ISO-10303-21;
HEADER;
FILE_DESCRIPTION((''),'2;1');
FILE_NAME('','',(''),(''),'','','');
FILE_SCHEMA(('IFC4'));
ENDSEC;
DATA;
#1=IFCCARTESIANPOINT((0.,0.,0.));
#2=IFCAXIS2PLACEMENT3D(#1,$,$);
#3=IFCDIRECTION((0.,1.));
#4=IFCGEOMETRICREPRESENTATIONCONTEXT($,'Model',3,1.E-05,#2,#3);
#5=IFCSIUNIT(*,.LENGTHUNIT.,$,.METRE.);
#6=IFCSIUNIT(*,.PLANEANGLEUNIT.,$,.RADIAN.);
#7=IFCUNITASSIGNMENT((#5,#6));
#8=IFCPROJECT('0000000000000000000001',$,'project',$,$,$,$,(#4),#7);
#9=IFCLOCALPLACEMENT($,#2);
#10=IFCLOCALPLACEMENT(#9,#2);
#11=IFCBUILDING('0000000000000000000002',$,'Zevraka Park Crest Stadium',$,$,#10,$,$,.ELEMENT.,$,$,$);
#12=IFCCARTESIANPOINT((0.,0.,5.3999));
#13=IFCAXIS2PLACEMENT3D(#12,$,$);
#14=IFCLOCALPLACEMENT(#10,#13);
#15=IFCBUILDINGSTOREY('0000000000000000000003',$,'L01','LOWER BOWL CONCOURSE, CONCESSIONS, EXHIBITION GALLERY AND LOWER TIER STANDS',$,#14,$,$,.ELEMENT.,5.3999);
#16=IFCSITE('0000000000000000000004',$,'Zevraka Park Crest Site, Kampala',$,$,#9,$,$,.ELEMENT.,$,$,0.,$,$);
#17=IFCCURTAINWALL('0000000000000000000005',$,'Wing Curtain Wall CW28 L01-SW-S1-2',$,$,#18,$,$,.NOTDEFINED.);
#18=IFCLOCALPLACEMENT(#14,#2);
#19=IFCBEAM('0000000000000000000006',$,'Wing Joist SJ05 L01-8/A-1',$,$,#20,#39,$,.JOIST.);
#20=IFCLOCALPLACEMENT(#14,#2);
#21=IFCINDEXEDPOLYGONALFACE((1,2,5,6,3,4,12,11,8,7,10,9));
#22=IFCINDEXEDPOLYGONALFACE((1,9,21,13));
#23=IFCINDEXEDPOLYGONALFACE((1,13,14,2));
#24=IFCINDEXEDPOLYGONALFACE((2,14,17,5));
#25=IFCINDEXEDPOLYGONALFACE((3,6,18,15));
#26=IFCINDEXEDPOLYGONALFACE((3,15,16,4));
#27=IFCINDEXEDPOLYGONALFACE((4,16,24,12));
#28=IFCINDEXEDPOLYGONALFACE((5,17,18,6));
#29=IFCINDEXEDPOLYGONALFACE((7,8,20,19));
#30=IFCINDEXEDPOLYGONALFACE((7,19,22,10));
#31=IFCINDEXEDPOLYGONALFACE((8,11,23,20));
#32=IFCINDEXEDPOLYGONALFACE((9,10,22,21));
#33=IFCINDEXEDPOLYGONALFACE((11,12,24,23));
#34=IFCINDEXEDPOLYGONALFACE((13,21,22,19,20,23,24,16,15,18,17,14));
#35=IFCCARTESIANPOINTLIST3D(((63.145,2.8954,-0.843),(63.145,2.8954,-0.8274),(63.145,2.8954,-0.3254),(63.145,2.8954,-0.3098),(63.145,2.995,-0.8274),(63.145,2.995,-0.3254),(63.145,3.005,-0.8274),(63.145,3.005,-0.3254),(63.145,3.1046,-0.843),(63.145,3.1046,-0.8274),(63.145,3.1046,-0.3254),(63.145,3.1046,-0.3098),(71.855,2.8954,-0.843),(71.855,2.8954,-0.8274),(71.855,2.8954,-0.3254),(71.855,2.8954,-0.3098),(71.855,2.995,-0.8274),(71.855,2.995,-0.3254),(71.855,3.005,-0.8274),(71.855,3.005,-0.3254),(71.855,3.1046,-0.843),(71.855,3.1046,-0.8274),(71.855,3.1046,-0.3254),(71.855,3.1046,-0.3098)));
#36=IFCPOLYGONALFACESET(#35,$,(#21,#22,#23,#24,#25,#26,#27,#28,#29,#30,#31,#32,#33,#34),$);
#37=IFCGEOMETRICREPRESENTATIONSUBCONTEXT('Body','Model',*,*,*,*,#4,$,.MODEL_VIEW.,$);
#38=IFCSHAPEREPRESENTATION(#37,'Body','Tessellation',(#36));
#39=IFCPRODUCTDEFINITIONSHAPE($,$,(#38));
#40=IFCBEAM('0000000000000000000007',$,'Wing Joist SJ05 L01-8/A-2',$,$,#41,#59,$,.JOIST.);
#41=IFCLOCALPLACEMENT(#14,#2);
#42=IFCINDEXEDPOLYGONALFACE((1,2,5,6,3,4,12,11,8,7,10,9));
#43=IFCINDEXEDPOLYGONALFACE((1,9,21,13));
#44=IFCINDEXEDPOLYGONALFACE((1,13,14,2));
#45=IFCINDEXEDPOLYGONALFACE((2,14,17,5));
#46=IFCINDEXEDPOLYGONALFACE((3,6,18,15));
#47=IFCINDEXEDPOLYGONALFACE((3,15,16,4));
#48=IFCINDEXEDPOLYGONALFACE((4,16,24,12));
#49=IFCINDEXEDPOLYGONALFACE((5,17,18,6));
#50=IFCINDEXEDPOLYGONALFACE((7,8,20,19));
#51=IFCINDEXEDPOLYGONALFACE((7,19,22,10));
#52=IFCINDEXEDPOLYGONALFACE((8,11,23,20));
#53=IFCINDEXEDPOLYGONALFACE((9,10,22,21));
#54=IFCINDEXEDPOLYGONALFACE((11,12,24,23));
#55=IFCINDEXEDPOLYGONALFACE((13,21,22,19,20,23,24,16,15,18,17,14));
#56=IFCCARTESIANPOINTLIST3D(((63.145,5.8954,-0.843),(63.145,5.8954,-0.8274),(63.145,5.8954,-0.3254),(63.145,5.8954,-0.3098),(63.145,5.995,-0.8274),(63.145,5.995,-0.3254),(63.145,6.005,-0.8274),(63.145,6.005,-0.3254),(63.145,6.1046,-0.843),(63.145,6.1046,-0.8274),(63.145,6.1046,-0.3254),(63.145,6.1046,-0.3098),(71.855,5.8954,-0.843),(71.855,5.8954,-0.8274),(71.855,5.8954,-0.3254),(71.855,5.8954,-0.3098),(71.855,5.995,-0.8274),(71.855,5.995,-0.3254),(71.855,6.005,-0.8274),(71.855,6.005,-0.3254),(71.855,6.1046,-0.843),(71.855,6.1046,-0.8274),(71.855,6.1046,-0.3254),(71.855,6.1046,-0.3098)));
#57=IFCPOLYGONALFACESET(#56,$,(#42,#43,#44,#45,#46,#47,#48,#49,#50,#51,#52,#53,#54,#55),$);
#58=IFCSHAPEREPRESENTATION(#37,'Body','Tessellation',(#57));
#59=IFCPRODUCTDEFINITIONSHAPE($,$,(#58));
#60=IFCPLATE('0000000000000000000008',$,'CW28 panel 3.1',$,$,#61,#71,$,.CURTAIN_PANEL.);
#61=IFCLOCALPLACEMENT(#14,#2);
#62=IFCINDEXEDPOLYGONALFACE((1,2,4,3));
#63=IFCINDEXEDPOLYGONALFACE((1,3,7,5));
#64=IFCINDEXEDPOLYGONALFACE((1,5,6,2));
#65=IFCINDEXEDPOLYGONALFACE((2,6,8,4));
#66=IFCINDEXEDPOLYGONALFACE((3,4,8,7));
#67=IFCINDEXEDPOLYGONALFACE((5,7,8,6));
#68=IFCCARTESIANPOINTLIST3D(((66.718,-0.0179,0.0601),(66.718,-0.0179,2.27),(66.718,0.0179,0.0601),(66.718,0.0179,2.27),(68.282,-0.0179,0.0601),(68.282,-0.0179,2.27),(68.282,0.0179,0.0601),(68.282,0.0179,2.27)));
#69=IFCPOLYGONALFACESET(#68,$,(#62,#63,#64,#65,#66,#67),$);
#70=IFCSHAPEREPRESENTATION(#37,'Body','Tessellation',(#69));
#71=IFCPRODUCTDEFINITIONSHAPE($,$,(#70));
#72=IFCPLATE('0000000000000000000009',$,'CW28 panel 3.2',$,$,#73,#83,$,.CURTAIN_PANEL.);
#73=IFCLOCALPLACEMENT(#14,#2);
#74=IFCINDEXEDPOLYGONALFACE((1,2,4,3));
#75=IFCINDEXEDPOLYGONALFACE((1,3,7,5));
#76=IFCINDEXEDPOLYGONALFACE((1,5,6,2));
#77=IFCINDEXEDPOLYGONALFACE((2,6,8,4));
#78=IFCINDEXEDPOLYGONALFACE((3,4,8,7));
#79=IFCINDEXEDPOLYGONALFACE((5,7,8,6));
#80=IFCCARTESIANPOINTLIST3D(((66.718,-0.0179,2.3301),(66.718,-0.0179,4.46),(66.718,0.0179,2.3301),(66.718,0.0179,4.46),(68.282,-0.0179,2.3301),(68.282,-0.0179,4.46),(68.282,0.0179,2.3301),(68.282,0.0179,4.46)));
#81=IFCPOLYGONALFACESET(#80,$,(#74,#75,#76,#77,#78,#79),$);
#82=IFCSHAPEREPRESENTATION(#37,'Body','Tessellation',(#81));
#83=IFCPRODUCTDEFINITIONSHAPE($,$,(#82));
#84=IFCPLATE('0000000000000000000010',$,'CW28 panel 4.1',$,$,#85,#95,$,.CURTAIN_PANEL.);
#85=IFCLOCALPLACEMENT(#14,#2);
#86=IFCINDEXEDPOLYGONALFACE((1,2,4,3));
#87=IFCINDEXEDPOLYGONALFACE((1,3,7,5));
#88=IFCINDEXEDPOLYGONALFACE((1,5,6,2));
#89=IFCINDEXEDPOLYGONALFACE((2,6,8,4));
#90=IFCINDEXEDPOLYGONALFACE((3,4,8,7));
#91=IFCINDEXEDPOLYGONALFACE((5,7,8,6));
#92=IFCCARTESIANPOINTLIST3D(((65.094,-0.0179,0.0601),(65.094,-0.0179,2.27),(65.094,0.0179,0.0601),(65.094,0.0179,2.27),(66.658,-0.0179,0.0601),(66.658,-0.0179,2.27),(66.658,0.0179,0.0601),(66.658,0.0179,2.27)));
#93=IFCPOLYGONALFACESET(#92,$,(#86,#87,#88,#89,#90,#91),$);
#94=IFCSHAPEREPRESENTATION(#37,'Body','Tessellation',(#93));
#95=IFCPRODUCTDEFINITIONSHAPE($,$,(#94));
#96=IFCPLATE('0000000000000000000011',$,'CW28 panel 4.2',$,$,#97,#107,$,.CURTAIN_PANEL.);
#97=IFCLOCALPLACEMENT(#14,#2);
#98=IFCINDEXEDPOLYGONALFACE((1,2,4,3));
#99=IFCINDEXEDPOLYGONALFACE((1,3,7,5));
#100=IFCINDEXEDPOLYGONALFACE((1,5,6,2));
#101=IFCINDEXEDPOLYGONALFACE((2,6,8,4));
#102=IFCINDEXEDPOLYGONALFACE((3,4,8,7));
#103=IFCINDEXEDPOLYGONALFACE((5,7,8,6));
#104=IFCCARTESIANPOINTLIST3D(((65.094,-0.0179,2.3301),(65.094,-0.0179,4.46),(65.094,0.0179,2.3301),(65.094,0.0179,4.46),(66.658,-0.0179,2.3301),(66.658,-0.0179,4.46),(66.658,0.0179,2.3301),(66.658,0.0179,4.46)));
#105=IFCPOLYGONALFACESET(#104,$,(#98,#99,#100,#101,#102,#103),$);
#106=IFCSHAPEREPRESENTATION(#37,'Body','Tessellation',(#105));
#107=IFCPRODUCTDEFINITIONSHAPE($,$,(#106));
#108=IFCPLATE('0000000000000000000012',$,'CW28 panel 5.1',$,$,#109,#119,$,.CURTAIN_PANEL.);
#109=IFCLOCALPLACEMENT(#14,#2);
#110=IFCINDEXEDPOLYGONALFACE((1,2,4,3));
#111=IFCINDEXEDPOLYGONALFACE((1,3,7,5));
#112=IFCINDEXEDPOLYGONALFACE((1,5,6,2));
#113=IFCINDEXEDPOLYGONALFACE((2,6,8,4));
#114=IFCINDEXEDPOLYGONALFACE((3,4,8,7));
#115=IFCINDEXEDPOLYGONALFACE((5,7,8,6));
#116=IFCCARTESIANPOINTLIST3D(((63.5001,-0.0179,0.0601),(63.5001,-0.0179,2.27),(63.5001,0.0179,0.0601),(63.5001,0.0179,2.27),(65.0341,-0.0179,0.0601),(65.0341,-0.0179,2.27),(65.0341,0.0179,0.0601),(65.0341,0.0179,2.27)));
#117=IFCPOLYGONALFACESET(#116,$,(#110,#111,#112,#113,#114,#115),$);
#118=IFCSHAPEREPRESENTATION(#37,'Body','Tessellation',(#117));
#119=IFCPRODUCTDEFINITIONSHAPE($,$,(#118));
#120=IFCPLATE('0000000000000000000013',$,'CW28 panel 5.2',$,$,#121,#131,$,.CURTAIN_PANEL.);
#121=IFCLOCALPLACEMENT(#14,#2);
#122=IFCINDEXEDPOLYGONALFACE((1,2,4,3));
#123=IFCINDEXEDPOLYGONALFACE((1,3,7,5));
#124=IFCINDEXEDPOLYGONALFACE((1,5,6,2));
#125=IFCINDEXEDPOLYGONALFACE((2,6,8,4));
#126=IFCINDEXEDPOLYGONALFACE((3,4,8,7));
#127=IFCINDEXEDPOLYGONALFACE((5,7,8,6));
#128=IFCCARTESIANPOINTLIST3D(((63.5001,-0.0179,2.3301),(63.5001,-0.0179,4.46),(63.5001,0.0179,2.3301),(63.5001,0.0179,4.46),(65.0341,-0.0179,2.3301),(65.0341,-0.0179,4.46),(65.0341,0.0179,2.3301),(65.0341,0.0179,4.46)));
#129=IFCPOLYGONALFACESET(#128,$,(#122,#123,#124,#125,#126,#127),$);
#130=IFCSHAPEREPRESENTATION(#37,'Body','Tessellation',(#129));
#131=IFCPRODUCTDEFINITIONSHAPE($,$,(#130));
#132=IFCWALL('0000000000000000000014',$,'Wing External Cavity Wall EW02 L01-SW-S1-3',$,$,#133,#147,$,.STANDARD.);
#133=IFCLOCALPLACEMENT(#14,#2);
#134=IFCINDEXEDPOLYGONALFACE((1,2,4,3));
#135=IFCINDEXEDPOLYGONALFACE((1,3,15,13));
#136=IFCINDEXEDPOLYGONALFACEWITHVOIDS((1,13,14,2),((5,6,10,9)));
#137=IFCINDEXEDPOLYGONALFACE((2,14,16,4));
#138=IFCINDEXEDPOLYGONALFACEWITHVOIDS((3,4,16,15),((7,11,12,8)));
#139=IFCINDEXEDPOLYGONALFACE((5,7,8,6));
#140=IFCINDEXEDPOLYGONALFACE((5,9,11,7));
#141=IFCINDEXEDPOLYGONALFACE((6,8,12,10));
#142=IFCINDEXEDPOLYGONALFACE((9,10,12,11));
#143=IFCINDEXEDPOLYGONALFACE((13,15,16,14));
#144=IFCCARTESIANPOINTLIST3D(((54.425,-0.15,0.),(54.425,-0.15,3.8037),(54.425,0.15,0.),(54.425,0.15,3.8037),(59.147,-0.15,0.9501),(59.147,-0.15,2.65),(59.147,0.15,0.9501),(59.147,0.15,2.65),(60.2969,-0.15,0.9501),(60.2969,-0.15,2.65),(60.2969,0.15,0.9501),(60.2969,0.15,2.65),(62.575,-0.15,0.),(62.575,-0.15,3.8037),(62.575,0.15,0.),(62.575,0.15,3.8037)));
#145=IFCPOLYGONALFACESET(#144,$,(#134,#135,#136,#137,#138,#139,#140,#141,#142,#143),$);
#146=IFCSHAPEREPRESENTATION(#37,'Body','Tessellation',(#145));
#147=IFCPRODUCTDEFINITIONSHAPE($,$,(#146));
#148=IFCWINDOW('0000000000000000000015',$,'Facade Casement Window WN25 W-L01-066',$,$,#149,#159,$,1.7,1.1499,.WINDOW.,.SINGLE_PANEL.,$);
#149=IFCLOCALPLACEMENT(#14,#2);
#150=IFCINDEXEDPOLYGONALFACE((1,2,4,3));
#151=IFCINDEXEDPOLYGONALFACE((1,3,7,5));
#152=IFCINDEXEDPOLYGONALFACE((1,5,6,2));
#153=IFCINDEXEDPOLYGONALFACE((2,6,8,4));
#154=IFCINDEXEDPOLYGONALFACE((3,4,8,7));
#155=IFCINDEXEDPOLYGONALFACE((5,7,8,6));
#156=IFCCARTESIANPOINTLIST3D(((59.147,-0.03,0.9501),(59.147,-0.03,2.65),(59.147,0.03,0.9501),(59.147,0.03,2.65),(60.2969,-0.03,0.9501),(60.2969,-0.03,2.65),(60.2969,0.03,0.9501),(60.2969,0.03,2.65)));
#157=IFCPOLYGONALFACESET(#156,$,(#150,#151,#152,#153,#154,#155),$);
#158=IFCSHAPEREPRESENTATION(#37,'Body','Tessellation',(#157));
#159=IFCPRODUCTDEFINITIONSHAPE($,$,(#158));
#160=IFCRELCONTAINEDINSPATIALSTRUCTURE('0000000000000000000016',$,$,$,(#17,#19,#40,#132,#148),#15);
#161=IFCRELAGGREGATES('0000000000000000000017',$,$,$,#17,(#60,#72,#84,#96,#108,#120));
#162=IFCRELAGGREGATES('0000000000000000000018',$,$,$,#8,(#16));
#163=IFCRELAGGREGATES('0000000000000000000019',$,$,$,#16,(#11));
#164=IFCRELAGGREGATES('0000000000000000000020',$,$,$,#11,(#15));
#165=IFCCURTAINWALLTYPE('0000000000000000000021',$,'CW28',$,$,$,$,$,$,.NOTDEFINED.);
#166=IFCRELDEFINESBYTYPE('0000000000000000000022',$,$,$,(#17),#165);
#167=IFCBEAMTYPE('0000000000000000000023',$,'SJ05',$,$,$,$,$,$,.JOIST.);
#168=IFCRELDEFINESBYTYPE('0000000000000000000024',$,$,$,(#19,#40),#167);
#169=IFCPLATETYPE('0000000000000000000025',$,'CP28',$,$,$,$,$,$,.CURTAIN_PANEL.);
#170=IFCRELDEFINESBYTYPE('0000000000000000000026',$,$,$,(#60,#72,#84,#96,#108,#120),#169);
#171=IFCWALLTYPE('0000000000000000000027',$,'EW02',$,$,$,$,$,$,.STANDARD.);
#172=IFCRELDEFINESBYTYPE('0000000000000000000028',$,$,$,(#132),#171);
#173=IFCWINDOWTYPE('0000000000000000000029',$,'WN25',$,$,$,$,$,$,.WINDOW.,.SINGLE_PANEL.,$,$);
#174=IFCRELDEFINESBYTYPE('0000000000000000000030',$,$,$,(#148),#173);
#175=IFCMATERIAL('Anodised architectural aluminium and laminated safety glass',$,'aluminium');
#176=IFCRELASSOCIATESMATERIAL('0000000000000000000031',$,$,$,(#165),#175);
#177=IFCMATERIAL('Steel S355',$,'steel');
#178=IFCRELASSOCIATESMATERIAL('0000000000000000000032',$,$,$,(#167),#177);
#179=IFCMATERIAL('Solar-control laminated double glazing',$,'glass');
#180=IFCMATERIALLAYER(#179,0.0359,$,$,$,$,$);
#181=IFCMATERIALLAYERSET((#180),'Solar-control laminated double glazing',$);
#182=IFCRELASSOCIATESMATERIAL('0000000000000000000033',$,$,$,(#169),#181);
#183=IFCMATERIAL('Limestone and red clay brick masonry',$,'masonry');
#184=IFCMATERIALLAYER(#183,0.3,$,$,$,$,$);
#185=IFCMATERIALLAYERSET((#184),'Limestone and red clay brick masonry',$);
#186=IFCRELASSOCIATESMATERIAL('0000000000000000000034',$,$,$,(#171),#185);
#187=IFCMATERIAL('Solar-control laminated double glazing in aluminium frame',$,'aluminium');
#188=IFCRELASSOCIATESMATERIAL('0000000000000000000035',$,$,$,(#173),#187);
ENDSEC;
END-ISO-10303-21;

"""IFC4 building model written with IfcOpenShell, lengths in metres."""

from ifc_helpers import new_model, si_unit, direction, frame, frame_2d, origin, origin_2d, place, context, subcontext, project, spatial, rectangle, i_section, extrude, material, layer, layer_set, material_profile, profile_set, type_object, element, fill, aggregate, save


model = new_model("IFC4")

# Units and contexts
model_context = context("Model", 3, precision=1e-05, world=origin(), true_north=direction((0.0, 1.0)))
body_context = subcontext(model_context, "Body", "Model", "MODEL_VIEW")
ifc_project = project(units=[si_unit("LENGTHUNIT", "METRE"), si_unit("PLANEANGLEUNIT", "RADIAN")], contexts=[model_context])

# Site, building, storey
site_placement = place(None, origin())
site = spatial("IfcSite", under=ifc_project, at=site_placement, Name="Zevraka Park Crest Site, Kampala", CompositionType="ELEMENT", RefElevation=0.0)
building_placement = place(site_placement, origin())
building = spatial("IfcBuilding", under=site, at=building_placement, Name="Zevraka Park Crest Stadium", CompositionType="ELEMENT")
storey_placement = place(building_placement, frame((0.0, 0.0, 5.3999)))
storey = spatial("IfcBuildingStorey", under=building, at=storey_placement, Name="L01", Description="LOWER BOWL CONCOURSE, CONCESSIONS, EXHIBITION GALLERY AND LOWER TIER STANDS", CompositionType="ELEMENT", Elevation=5.3999)

# Curtain wall
ifc_material_1 = material(Name="Anodised architectural aluminium and laminated safety glass", Category="aluminium")
curtain_wall_type = type_object("IfcCurtainWallType", Name="CW28", PredefinedType="NOTDEFINED", material=ifc_material_1)
curtain_wall_placement = place(storey_placement, origin())
curtain_wall = element("IfcCurtainWall", 1, at=curtain_wall_placement, inside=storey, type_object=curtain_wall_type, Name="Wing Curtain Wall CW28 L01-SW-S1-2", PredefinedType="NOTDEFINED")

# Beams
ifc_material_2 = material(Name="Steel S355", Category="steel")
ifc_material_profile_1 = material_profile(ifc_material_2, i_section(OverallWidth=0.2092, OverallDepth=0.5332, WebThickness=0.01, FlangeThickness=0.0156, at=origin_2d()), Name="UKB 533x210x92")
ifc_profile_set_1 = profile_set([ifc_material_profile_1], Name="Steel S355")
beam_type_1 = type_object("IfcBeamType", Name="SJ05", PredefinedType="JOIST", material=ifc_profile_set_1)
for number, where, z_axis, x_axis, name in (
    (2, (63.145, 3.0, -0.5764), (1.0, 0.0, 0.0), (0.0, 1.0, 0.0), "Wing Joist SJ05 L01-8/A-1"),
    (3, (63.145, 6.0, -0.5764), (1.0, 0.0, 0.0), (0.0, 1.0, 0.0), "Wing Joist SJ05 L01-8/A-2"),
):
    element("IfcBeam", number, at=place(storey_placement, frame(where, z_axis=z_axis, x_axis=x_axis)), inside=storey, type_object=beam_type_1, Name=name, PredefinedType="JOIST", context=body_context, shape_type="SweptSolid", body=[
        extrude(i_section(OverallWidth=0.2092, OverallDepth=0.5332, WebThickness=0.01, FlangeThickness=0.0156, at=origin_2d()), origin(), (0.0, 0.0, 1.0), 8.71),
    ])

# Plates
ifc_material_3 = material(Name="Solar-control laminated double glazing", Category="glass")
ifc_layer_1 = layer(ifc_material_3, 0.0359)
ifc_layer_set_1 = layer_set([ifc_layer_1], Name="Solar-control laminated double glazing")
plate_type = type_object("IfcPlateType", Name="CP28", PredefinedType="CURTAIN_PANEL", material=ifc_layer_set_1)
plate_1_placement = place(storey_placement, frame((67.5, 0.0, 0.0601), z_axis=(0.0, 0.0, 1.0), x_axis=(-1.0, 0.0, 0.0)))
plate_1 = element("IfcPlate", 4, at=plate_1_placement, type_object=plate_type, Name="CW28 panel 3.1", PredefinedType="CURTAIN_PANEL", context=body_context, shape_type="SweptSolid", body=[
    extrude(rectangle(XDim=1.564, YDim=0.0359, at=origin_2d()), origin(), (0.0, 0.0, 1.0), 2.21),
])
plate_2_placement = place(storey_placement, frame((67.5, 0.0, 2.3301), z_axis=(0.0, 0.0, 1.0), x_axis=(-1.0, 0.0, 0.0)))
plate_2 = element("IfcPlate", 5, at=plate_2_placement, type_object=plate_type, Name="CW28 panel 3.2", PredefinedType="CURTAIN_PANEL", context=body_context, shape_type="SweptSolid", body=[
    extrude(rectangle(XDim=1.564, YDim=0.0359, at=origin_2d()), origin(), (0.0, 0.0, 1.0), 2.1299),
])
plate_3_placement = place(storey_placement, frame((65.876, 0.0, 0.0601), z_axis=(0.0, 0.0, 1.0), x_axis=(-1.0, 0.0, 0.0)))
plate_3 = element("IfcPlate", 6, at=plate_3_placement, type_object=plate_type, Name="CW28 panel 4.1", PredefinedType="CURTAIN_PANEL", context=body_context, shape_type="SweptSolid", body=[
    extrude(rectangle(XDim=1.564, YDim=0.0359, at=origin_2d()), origin(), (0.0, 0.0, 1.0), 2.21),
])
plate_4_placement = place(storey_placement, frame((65.876, 0.0, 2.3301), z_axis=(0.0, 0.0, 1.0), x_axis=(-1.0, 0.0, 0.0)))
plate_4 = element("IfcPlate", 7, at=plate_4_placement, type_object=plate_type, Name="CW28 panel 4.2", PredefinedType="CURTAIN_PANEL", context=body_context, shape_type="SweptSolid", body=[
    extrude(rectangle(XDim=1.564, YDim=0.0359, at=origin_2d()), origin(), (0.0, 0.0, 1.0), 2.1299),
])
plate_5_placement = place(storey_placement, frame((64.2671, 0.0, 0.0601), z_axis=(0.0, 0.0, 1.0), x_axis=(-1.0, 0.0, 0.0)))
plate_5 = element("IfcPlate", 8, at=plate_5_placement, type_object=plate_type, Name="CW28 panel 5.1", PredefinedType="CURTAIN_PANEL", context=body_context, shape_type="SweptSolid", body=[
    extrude(rectangle(XDim=1.5339, YDim=0.0359, at=origin_2d()), origin(), (0.0, 0.0, 1.0), 2.21),
])
plate_6_placement = place(storey_placement, frame((64.2671, 0.0, 2.3301), z_axis=(0.0, 0.0, 1.0), x_axis=(-1.0, 0.0, 0.0)))
plate_6 = element("IfcPlate", 9, at=plate_6_placement, type_object=plate_type, Name="CW28 panel 5.2", PredefinedType="CURTAIN_PANEL", context=body_context, shape_type="SweptSolid", body=[
    extrude(rectangle(XDim=1.5339, YDim=0.0359, at=origin_2d()), origin(), (0.0, 0.0, 1.0), 2.1299),
])
aggregate(curtain_wall, [plate_1, plate_2, plate_3, plate_4, plate_5, plate_6])

# Wall, opening, window
ifc_material_4 = material(Name="Limestone and red clay brick masonry", Category="masonry")
ifc_layer_2 = layer(ifc_material_4, 0.3)
ifc_layer_set_2 = layer_set([ifc_layer_2], Name="Limestone and red clay brick masonry")
wall_type = type_object("IfcWallType", Name="EW02", PredefinedType="STANDARD", material=ifc_layer_set_2)
wall_placement = place(storey_placement, frame((62.575, 0.0, 0.0), z_axis=(0.0, 0.0, 1.0), x_axis=(-1.0, 0.0, 0.0)))
wall = element("IfcWall", 10, at=wall_placement, inside=storey, type_object=wall_type, Name="Wing External Cavity Wall EW02 L01-SW-S1-3", PredefinedType="STANDARD", context=body_context, shape_type="SweptSolid", body=[
    extrude(rectangle(XDim=8.1499, YDim=0.3, at=frame_2d((4.075, 0.0))), origin(), (0.0, 0.0, 1.0), 3.8037),
])
opening_placement = place(wall_placement, frame((2.2781, 0.0, 0.95)))
opening = element("IfcOpeningElement", 11, at=opening_placement, cuts=wall, PredefinedType="OPENING", context=body_context, shape_type="SweptSolid", body=[
    extrude(rectangle(XDim=1.1499, YDim=1.7, at=frame_2d((0.575, 0.8501))), frame((0.0, 0.1599, 0.0), z_axis=(0.0, -1.0, 0.0), x_axis=(1.0, 0.0, 0.0)), (0.0, 0.0, 1.0), 0.3201),
])
ifc_material_5 = material(Name="Solar-control laminated double glazing in aluminium frame", Category="aluminium")
window_type = type_object("IfcWindowType", Name="WN25", PartitioningType="SINGLE_PANEL", PredefinedType="WINDOW", material=ifc_material_5)
window_placement = place(opening_placement, origin())
window = element("IfcWindow", 12, at=window_placement, inside=storey, type_object=window_type, Name="Facade Casement Window WN25 W-L01-066", OverallHeight=1.7, OverallWidth=1.1499, PartitioningType="SINGLE_PANEL", PredefinedType="WINDOW", context=body_context, shape_type="SweptSolid", body=[
    extrude(rectangle(XDim=1.1499, YDim=1.7, at=frame_2d((0.575, 0.8501))), frame((0.0, 0.03, 0.0), z_axis=(0.0, -1.0, 0.0), x_axis=(1.0, 0.0, 0.0)), (0.0, 0.0, 1.0), 0.0601),
])
fill(opening, window)

save(model, "model.ifc")
